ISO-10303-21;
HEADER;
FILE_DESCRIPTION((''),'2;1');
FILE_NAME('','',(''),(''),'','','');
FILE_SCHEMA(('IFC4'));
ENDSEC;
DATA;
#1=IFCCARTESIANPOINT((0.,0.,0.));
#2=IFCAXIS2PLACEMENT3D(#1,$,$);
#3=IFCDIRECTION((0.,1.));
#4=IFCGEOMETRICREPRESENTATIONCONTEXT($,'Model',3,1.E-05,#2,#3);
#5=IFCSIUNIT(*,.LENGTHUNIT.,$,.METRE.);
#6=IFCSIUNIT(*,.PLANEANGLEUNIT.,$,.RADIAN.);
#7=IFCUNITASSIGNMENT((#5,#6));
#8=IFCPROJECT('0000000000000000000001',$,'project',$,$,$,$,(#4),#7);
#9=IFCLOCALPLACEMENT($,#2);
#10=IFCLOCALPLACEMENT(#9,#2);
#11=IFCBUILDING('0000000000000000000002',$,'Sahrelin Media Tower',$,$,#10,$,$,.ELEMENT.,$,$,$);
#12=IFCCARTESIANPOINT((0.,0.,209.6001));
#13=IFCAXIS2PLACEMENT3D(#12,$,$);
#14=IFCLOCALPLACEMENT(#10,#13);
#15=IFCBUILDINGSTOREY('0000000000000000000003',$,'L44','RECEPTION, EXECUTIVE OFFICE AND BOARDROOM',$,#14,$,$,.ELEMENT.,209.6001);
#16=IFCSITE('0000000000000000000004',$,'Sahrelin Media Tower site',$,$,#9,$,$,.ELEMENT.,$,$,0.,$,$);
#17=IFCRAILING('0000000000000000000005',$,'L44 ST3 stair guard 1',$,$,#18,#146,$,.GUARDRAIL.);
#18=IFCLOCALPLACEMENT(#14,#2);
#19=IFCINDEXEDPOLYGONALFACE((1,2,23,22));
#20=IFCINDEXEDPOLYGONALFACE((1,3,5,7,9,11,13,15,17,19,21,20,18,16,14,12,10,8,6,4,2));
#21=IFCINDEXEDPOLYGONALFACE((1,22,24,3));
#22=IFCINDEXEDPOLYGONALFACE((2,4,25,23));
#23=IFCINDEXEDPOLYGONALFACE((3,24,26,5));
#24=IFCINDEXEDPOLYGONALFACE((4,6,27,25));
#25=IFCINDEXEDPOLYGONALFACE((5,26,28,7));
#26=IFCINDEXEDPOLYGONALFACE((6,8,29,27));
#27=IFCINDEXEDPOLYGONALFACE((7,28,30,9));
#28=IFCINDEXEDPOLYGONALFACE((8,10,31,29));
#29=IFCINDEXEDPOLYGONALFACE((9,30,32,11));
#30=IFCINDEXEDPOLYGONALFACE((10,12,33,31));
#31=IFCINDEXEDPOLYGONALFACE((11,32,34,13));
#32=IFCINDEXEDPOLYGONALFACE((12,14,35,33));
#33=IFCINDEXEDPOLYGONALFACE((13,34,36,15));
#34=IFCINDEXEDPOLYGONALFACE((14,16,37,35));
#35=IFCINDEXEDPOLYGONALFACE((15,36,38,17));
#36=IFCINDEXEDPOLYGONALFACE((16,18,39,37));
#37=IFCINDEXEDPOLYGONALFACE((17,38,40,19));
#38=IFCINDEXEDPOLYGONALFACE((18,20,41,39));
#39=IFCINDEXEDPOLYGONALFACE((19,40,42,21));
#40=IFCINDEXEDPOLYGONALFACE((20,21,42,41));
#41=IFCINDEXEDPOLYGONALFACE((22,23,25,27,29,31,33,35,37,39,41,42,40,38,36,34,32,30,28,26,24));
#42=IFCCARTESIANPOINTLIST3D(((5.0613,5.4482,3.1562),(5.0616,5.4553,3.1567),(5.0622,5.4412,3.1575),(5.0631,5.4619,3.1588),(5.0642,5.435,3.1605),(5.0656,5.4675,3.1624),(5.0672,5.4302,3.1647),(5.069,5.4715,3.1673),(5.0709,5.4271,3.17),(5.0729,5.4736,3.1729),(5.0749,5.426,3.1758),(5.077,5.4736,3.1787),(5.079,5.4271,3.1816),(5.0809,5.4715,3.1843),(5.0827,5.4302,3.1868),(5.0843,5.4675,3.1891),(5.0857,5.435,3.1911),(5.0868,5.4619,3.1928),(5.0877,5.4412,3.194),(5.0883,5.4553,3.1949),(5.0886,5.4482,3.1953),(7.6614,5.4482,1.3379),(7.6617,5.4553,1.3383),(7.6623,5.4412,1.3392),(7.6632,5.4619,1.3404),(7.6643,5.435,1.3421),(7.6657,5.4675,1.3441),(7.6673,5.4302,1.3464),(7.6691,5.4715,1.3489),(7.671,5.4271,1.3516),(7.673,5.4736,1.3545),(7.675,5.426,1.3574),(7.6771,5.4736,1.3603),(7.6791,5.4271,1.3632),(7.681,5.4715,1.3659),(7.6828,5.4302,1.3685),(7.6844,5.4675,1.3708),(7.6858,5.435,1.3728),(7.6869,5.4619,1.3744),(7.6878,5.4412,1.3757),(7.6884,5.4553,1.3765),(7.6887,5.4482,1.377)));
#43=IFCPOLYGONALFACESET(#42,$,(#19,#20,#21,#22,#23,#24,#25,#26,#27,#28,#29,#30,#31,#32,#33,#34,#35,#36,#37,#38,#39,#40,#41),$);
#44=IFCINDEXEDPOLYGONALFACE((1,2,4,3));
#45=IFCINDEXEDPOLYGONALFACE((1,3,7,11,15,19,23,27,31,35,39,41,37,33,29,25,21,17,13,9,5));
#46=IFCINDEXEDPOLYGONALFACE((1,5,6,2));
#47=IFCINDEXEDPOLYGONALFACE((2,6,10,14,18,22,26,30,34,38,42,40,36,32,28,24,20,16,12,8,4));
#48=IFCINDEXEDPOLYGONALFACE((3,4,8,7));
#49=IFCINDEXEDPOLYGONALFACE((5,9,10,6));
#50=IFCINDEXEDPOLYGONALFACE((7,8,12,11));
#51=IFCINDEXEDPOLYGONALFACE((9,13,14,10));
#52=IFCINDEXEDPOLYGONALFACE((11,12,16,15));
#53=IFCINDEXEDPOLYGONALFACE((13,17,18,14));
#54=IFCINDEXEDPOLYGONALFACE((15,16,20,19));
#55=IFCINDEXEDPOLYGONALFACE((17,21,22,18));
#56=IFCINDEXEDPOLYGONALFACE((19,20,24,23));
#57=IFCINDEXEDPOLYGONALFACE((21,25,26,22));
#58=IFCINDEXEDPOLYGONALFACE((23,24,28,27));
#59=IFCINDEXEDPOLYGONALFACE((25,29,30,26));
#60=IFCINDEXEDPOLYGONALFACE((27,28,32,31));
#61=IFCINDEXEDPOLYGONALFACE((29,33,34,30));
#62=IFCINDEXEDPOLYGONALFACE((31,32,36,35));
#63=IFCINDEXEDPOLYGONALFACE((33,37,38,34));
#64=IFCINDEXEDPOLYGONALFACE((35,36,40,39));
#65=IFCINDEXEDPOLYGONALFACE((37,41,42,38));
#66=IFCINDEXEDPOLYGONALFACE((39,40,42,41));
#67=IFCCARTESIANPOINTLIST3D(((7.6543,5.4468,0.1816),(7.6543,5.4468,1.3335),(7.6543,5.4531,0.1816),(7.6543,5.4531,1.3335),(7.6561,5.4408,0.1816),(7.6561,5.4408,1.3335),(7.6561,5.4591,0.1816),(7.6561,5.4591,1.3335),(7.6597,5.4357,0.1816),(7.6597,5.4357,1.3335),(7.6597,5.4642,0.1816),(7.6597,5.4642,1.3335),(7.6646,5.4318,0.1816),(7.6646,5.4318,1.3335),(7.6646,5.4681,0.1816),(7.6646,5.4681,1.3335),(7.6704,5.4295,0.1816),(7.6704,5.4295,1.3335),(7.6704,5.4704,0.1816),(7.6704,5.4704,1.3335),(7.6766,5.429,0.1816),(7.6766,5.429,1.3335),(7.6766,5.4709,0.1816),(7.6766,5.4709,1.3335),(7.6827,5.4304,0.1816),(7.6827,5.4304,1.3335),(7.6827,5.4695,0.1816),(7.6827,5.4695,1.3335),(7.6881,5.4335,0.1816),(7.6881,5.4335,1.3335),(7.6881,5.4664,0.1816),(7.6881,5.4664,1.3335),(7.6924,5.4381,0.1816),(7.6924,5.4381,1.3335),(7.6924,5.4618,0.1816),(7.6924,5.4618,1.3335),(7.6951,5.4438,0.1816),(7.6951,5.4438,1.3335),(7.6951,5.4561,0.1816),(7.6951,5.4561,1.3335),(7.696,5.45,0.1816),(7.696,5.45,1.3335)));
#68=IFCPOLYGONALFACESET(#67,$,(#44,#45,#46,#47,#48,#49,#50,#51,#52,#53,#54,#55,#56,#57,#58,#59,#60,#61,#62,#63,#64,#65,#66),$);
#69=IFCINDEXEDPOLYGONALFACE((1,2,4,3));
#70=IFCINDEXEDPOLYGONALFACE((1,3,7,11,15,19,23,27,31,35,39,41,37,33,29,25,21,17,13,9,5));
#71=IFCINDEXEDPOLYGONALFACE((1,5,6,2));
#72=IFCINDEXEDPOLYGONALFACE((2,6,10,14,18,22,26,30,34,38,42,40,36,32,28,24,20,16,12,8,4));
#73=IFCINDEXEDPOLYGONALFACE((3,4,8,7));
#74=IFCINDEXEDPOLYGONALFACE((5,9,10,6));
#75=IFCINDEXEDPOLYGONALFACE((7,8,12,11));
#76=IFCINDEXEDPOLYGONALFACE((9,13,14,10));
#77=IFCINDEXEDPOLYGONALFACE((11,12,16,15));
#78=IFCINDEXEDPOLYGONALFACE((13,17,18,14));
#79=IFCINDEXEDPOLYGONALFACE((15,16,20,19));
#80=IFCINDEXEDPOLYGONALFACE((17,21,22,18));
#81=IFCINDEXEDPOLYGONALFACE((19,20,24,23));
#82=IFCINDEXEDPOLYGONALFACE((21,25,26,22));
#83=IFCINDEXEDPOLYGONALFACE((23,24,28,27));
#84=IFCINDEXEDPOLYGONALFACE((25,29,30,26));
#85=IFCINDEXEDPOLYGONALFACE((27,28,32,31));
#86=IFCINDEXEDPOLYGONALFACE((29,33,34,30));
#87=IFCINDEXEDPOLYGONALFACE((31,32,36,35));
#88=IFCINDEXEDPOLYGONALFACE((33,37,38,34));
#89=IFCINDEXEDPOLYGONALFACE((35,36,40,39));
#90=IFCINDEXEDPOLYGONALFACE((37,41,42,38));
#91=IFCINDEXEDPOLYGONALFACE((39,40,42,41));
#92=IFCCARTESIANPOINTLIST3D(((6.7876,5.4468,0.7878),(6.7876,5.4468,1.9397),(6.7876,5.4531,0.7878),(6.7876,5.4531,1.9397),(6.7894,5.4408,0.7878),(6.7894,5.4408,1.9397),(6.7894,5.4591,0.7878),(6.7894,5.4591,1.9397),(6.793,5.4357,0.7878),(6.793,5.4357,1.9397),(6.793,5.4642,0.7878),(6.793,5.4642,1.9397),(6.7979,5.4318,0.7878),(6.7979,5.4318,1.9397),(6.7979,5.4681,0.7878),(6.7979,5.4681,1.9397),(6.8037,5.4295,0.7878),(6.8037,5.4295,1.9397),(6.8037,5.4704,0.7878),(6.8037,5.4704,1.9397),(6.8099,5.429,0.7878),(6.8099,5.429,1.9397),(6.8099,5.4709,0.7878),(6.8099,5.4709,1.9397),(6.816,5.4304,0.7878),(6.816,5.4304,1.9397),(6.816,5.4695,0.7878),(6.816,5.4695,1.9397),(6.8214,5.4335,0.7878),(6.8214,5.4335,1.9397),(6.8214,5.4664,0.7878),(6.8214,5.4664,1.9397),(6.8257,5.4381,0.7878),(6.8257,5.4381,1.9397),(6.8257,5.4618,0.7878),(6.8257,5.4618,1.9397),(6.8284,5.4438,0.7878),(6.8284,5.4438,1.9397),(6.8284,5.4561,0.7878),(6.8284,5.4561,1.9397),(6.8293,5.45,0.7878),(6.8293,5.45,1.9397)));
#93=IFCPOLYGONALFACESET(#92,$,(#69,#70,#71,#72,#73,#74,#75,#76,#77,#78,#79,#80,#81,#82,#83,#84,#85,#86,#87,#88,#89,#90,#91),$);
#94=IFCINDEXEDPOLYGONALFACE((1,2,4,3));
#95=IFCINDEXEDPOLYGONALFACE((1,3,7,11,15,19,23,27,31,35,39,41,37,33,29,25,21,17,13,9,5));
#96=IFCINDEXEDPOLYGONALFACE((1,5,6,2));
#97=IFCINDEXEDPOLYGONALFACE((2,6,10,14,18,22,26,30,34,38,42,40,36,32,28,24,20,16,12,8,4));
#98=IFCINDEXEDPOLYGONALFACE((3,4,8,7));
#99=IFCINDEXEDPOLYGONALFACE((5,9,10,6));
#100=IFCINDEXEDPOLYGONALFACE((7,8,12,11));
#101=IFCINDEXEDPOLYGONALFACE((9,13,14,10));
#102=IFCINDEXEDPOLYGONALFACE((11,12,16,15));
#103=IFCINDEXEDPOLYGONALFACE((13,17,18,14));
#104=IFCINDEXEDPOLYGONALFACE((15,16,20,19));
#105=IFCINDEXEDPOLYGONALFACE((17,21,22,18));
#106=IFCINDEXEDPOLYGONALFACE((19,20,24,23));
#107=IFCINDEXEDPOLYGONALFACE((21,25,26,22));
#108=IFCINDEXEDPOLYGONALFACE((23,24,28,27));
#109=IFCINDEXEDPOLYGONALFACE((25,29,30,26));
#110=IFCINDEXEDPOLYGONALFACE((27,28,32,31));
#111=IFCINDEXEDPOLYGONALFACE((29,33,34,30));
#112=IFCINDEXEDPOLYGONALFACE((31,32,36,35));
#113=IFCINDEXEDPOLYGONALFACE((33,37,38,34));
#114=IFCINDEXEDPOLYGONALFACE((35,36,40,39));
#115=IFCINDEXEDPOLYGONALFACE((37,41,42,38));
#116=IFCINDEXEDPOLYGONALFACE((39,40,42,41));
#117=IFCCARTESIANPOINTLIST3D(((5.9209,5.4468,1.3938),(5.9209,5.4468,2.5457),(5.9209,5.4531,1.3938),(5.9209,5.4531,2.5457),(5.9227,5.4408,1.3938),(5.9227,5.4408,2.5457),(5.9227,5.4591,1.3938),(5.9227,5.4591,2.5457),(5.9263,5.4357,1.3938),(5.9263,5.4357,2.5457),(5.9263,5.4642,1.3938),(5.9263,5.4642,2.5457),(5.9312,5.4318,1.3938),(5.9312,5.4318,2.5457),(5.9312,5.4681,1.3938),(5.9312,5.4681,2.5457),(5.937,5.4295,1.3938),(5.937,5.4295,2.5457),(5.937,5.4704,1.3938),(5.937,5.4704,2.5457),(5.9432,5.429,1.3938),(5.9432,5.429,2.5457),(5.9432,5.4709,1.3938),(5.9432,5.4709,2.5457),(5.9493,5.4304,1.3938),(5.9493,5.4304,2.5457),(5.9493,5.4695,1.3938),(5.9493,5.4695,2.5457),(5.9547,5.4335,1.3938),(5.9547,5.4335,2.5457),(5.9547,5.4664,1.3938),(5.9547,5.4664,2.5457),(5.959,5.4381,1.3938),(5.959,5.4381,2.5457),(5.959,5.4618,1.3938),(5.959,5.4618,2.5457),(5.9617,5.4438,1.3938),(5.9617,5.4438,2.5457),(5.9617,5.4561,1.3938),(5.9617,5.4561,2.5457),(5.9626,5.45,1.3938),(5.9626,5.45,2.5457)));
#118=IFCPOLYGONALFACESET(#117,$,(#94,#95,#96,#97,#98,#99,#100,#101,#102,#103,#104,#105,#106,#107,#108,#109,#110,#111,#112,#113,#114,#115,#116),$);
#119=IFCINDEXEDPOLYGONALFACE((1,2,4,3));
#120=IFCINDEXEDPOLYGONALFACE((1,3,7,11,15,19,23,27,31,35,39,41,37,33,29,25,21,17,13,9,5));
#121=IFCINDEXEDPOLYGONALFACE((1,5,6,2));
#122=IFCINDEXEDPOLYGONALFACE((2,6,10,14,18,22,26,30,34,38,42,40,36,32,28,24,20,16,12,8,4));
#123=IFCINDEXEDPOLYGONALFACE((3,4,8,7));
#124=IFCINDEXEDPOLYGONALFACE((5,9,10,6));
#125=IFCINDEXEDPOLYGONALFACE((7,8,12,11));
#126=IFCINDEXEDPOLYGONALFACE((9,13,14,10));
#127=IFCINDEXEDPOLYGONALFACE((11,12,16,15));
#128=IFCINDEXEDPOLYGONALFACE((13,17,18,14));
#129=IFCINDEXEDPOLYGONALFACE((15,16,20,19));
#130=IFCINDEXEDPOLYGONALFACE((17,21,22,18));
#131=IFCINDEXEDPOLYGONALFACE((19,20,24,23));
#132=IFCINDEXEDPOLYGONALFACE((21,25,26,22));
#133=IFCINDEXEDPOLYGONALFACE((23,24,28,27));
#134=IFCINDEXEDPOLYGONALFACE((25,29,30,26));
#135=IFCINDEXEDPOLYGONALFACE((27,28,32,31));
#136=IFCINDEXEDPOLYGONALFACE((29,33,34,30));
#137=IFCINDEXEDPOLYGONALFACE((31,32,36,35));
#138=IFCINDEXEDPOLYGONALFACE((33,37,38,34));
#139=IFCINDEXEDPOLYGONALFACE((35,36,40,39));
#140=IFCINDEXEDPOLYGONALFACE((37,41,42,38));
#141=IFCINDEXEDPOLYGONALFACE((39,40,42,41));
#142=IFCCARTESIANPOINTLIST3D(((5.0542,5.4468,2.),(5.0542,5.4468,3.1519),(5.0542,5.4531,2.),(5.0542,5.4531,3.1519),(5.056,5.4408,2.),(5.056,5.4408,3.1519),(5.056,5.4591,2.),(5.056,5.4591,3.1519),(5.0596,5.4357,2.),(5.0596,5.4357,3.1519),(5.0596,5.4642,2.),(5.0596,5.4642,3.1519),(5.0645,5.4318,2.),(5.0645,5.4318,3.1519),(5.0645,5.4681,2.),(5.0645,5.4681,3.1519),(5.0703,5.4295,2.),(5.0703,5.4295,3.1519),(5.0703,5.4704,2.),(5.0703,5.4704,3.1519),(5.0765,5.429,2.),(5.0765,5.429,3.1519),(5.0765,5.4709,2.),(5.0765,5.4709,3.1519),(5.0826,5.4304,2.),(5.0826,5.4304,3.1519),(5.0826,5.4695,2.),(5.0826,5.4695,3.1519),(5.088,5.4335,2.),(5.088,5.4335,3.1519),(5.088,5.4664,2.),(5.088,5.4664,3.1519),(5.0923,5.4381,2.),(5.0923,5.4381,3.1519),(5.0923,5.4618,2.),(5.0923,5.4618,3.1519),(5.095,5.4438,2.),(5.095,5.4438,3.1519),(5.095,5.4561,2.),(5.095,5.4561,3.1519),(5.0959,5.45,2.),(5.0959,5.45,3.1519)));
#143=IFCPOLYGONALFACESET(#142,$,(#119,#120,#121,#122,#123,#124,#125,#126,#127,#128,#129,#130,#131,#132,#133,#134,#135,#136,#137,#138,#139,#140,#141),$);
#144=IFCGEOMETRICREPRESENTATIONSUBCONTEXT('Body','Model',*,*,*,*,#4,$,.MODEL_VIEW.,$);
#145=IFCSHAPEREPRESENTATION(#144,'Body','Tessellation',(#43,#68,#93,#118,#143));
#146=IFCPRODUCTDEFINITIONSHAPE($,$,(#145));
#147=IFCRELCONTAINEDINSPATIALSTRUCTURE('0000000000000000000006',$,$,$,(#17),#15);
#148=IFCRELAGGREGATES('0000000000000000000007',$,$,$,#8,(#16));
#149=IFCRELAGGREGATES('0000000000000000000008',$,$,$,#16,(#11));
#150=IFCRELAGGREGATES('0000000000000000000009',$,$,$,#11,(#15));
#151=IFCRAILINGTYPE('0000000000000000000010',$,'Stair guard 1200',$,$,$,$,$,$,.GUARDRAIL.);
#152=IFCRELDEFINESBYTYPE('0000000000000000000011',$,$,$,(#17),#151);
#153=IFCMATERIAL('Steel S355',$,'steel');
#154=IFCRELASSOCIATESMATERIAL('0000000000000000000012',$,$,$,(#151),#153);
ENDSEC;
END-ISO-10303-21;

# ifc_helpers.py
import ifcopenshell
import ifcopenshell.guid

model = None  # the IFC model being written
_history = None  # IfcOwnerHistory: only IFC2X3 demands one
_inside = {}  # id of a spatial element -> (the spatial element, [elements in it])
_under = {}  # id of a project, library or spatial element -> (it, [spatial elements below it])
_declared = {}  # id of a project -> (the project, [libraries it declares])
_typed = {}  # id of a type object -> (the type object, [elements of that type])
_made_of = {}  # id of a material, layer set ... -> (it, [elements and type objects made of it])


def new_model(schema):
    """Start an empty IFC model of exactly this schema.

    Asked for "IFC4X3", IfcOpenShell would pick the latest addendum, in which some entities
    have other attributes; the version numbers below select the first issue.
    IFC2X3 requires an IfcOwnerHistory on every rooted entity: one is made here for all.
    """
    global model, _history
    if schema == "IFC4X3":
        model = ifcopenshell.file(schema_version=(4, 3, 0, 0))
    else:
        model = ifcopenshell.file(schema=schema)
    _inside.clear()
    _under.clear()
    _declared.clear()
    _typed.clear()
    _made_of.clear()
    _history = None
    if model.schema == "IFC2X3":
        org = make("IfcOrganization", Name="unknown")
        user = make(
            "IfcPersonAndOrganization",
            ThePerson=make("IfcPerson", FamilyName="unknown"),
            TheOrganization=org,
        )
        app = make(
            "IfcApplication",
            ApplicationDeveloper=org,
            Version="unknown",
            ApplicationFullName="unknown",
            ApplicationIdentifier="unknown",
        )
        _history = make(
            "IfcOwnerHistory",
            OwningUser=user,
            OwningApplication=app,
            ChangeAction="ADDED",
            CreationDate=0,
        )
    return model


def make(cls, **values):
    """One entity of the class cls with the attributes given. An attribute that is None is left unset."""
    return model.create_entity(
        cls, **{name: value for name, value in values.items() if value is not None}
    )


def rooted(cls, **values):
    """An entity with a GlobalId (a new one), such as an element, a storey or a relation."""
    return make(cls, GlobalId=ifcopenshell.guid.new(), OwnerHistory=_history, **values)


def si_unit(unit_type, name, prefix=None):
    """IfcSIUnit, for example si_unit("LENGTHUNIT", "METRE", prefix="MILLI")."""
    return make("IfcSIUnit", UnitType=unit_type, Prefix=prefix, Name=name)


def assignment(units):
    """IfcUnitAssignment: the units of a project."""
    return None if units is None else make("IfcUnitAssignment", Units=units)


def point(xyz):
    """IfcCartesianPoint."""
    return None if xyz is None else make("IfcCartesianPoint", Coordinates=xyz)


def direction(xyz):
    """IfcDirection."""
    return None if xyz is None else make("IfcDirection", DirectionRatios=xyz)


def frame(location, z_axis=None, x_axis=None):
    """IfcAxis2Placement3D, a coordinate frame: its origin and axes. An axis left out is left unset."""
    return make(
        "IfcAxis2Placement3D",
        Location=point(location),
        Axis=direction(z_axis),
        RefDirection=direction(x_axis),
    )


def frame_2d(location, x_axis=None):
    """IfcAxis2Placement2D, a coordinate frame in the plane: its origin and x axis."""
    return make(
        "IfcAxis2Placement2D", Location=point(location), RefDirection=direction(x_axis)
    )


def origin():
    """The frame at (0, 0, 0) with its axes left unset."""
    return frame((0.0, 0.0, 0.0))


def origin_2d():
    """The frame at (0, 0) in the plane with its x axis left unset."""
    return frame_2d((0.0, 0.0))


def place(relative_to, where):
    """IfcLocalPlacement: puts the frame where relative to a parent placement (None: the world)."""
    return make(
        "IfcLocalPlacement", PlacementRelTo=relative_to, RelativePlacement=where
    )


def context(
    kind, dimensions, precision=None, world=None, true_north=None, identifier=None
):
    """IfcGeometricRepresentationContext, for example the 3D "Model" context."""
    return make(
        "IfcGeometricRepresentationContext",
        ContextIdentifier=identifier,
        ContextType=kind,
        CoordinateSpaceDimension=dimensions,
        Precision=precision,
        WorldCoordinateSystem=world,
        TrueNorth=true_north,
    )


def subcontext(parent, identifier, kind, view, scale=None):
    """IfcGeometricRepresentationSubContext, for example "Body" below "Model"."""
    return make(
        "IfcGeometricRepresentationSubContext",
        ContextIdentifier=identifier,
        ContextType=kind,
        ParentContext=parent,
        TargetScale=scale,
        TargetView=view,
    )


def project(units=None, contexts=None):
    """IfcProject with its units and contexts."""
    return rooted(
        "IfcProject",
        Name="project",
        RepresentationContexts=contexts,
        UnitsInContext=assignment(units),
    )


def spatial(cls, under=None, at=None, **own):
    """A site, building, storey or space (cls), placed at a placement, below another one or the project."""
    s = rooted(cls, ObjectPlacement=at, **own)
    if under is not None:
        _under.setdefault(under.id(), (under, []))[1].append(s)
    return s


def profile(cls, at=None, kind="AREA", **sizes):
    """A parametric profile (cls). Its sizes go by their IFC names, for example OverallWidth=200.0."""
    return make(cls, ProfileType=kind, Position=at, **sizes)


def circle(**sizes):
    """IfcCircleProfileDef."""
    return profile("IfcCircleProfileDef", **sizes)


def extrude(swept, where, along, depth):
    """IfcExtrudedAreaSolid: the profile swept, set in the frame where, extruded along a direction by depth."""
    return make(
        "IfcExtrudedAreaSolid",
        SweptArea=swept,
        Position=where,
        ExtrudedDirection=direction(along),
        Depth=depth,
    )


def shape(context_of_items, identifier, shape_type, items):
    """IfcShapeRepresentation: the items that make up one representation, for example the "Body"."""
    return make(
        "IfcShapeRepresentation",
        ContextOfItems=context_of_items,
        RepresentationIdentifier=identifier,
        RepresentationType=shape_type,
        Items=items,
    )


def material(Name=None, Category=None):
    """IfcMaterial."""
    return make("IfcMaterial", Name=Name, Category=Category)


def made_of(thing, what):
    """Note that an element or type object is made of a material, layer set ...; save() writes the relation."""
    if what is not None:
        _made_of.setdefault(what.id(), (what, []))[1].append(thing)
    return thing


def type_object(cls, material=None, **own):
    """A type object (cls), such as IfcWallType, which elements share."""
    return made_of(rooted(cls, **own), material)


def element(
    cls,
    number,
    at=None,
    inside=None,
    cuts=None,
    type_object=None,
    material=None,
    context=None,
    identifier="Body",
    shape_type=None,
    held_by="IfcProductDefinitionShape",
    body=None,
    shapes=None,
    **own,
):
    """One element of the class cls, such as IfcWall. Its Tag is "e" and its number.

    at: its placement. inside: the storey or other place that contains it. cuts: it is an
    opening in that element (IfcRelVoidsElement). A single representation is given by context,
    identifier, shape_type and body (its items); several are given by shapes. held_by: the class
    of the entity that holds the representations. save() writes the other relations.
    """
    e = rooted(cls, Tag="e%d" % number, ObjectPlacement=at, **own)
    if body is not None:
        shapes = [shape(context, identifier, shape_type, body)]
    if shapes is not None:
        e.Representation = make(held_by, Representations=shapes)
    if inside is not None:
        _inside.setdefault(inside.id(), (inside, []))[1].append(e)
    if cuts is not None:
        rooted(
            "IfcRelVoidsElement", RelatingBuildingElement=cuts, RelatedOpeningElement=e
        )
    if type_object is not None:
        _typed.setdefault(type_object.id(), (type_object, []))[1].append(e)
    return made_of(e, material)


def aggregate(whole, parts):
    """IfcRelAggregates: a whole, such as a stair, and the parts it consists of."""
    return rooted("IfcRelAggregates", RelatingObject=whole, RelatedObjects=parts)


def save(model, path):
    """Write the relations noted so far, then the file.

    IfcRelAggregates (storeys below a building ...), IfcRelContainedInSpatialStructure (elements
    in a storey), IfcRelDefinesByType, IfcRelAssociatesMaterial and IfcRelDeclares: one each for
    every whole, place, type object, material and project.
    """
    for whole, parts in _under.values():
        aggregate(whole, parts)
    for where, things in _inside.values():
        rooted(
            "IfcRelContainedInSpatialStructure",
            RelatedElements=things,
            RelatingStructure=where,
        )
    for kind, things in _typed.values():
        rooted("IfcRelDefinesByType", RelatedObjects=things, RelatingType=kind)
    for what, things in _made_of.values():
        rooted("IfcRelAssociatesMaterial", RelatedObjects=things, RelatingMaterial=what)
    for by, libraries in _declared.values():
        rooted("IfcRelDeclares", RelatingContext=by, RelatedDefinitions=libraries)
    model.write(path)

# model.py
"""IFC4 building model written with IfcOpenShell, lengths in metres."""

from ifc_helpers import new_model, si_unit, direction, frame, origin, origin_2d, place, context, subcontext, project, spatial, circle, extrude, material, type_object, element, save


model = new_model("IFC4")

# Units and contexts
model_context = context("Model", 3, precision=1e-05, world=origin(), true_north=direction((0.0, 1.0)))
body_context = subcontext(model_context, "Body", "Model", "MODEL_VIEW")
ifc_project = project(units=[si_unit("LENGTHUNIT", "METRE"), si_unit("PLANEANGLEUNIT", "RADIAN")], contexts=[model_context])

# Site, building, storey
site_placement = place(None, origin())
site = spatial("IfcSite", under=ifc_project, at=site_placement, Name="Sahrelin Media Tower site", CompositionType="ELEMENT", RefElevation=0.0)
building_placement = place(site_placement, origin())
building = spatial("IfcBuilding", under=site, at=building_placement, Name="Sahrelin Media Tower", CompositionType="ELEMENT")
storey_placement = place(building_placement, frame((0.0, 0.0, 209.6001)))
storey = spatial("IfcBuildingStorey", under=building, at=storey_placement, Name="L44", Description="RECEPTION, EXECUTIVE OFFICE AND BOARDROOM", CompositionType="ELEMENT", Elevation=209.6001)

# Shared definitions
ifc_material_1 = material(Name="Steel S355", Category="steel")

# Railing
railing_type_1 = type_object("IfcRailingType", Name="Stair guard 1200", PredefinedType="GUARDRAIL", material=ifc_material_1)
railing_1_placement = place(storey_placement, frame((7.675, 5.45, 0.1816)))
element("IfcRailing", 1, at=railing_1_placement, inside=storey, type_object=railing_type_1, Name="L44 ST3 stair guard 1", PredefinedType="GUARDRAIL", context=body_context, shape_type="SweptSolid", body=[
    extrude(circle(Radius=0.0239, at=origin_2d()), frame((0.0, 0.0, 1.1758), z_axis=(-0.819485, 0.0, 0.573101), x_axis=(0.0, -1.0, 0.0)), (0.0, 0.0, 1.0), 3.1729),
    extrude(circle(Radius=0.021, at=origin_2d()), origin(), (0.0, 0.0, 1.0), 1.1519),
    extrude(circle(Radius=0.021, at=origin_2d()), frame((-0.8667, 0.0, 0.6062)), (0.0, 0.0, 1.0), 1.1519),
    extrude(circle(Radius=0.021, at=origin_2d()), frame((-1.7334, 0.0, 1.2122)), (0.0, 0.0, 1.0), 1.1519),
    extrude(circle(Radius=0.021, at=origin_2d()), frame((-2.6001, 0.0, 1.8184)), (0.0, 0.0, 1.0), 1.1519),
])

save(model, "model.ifc")
